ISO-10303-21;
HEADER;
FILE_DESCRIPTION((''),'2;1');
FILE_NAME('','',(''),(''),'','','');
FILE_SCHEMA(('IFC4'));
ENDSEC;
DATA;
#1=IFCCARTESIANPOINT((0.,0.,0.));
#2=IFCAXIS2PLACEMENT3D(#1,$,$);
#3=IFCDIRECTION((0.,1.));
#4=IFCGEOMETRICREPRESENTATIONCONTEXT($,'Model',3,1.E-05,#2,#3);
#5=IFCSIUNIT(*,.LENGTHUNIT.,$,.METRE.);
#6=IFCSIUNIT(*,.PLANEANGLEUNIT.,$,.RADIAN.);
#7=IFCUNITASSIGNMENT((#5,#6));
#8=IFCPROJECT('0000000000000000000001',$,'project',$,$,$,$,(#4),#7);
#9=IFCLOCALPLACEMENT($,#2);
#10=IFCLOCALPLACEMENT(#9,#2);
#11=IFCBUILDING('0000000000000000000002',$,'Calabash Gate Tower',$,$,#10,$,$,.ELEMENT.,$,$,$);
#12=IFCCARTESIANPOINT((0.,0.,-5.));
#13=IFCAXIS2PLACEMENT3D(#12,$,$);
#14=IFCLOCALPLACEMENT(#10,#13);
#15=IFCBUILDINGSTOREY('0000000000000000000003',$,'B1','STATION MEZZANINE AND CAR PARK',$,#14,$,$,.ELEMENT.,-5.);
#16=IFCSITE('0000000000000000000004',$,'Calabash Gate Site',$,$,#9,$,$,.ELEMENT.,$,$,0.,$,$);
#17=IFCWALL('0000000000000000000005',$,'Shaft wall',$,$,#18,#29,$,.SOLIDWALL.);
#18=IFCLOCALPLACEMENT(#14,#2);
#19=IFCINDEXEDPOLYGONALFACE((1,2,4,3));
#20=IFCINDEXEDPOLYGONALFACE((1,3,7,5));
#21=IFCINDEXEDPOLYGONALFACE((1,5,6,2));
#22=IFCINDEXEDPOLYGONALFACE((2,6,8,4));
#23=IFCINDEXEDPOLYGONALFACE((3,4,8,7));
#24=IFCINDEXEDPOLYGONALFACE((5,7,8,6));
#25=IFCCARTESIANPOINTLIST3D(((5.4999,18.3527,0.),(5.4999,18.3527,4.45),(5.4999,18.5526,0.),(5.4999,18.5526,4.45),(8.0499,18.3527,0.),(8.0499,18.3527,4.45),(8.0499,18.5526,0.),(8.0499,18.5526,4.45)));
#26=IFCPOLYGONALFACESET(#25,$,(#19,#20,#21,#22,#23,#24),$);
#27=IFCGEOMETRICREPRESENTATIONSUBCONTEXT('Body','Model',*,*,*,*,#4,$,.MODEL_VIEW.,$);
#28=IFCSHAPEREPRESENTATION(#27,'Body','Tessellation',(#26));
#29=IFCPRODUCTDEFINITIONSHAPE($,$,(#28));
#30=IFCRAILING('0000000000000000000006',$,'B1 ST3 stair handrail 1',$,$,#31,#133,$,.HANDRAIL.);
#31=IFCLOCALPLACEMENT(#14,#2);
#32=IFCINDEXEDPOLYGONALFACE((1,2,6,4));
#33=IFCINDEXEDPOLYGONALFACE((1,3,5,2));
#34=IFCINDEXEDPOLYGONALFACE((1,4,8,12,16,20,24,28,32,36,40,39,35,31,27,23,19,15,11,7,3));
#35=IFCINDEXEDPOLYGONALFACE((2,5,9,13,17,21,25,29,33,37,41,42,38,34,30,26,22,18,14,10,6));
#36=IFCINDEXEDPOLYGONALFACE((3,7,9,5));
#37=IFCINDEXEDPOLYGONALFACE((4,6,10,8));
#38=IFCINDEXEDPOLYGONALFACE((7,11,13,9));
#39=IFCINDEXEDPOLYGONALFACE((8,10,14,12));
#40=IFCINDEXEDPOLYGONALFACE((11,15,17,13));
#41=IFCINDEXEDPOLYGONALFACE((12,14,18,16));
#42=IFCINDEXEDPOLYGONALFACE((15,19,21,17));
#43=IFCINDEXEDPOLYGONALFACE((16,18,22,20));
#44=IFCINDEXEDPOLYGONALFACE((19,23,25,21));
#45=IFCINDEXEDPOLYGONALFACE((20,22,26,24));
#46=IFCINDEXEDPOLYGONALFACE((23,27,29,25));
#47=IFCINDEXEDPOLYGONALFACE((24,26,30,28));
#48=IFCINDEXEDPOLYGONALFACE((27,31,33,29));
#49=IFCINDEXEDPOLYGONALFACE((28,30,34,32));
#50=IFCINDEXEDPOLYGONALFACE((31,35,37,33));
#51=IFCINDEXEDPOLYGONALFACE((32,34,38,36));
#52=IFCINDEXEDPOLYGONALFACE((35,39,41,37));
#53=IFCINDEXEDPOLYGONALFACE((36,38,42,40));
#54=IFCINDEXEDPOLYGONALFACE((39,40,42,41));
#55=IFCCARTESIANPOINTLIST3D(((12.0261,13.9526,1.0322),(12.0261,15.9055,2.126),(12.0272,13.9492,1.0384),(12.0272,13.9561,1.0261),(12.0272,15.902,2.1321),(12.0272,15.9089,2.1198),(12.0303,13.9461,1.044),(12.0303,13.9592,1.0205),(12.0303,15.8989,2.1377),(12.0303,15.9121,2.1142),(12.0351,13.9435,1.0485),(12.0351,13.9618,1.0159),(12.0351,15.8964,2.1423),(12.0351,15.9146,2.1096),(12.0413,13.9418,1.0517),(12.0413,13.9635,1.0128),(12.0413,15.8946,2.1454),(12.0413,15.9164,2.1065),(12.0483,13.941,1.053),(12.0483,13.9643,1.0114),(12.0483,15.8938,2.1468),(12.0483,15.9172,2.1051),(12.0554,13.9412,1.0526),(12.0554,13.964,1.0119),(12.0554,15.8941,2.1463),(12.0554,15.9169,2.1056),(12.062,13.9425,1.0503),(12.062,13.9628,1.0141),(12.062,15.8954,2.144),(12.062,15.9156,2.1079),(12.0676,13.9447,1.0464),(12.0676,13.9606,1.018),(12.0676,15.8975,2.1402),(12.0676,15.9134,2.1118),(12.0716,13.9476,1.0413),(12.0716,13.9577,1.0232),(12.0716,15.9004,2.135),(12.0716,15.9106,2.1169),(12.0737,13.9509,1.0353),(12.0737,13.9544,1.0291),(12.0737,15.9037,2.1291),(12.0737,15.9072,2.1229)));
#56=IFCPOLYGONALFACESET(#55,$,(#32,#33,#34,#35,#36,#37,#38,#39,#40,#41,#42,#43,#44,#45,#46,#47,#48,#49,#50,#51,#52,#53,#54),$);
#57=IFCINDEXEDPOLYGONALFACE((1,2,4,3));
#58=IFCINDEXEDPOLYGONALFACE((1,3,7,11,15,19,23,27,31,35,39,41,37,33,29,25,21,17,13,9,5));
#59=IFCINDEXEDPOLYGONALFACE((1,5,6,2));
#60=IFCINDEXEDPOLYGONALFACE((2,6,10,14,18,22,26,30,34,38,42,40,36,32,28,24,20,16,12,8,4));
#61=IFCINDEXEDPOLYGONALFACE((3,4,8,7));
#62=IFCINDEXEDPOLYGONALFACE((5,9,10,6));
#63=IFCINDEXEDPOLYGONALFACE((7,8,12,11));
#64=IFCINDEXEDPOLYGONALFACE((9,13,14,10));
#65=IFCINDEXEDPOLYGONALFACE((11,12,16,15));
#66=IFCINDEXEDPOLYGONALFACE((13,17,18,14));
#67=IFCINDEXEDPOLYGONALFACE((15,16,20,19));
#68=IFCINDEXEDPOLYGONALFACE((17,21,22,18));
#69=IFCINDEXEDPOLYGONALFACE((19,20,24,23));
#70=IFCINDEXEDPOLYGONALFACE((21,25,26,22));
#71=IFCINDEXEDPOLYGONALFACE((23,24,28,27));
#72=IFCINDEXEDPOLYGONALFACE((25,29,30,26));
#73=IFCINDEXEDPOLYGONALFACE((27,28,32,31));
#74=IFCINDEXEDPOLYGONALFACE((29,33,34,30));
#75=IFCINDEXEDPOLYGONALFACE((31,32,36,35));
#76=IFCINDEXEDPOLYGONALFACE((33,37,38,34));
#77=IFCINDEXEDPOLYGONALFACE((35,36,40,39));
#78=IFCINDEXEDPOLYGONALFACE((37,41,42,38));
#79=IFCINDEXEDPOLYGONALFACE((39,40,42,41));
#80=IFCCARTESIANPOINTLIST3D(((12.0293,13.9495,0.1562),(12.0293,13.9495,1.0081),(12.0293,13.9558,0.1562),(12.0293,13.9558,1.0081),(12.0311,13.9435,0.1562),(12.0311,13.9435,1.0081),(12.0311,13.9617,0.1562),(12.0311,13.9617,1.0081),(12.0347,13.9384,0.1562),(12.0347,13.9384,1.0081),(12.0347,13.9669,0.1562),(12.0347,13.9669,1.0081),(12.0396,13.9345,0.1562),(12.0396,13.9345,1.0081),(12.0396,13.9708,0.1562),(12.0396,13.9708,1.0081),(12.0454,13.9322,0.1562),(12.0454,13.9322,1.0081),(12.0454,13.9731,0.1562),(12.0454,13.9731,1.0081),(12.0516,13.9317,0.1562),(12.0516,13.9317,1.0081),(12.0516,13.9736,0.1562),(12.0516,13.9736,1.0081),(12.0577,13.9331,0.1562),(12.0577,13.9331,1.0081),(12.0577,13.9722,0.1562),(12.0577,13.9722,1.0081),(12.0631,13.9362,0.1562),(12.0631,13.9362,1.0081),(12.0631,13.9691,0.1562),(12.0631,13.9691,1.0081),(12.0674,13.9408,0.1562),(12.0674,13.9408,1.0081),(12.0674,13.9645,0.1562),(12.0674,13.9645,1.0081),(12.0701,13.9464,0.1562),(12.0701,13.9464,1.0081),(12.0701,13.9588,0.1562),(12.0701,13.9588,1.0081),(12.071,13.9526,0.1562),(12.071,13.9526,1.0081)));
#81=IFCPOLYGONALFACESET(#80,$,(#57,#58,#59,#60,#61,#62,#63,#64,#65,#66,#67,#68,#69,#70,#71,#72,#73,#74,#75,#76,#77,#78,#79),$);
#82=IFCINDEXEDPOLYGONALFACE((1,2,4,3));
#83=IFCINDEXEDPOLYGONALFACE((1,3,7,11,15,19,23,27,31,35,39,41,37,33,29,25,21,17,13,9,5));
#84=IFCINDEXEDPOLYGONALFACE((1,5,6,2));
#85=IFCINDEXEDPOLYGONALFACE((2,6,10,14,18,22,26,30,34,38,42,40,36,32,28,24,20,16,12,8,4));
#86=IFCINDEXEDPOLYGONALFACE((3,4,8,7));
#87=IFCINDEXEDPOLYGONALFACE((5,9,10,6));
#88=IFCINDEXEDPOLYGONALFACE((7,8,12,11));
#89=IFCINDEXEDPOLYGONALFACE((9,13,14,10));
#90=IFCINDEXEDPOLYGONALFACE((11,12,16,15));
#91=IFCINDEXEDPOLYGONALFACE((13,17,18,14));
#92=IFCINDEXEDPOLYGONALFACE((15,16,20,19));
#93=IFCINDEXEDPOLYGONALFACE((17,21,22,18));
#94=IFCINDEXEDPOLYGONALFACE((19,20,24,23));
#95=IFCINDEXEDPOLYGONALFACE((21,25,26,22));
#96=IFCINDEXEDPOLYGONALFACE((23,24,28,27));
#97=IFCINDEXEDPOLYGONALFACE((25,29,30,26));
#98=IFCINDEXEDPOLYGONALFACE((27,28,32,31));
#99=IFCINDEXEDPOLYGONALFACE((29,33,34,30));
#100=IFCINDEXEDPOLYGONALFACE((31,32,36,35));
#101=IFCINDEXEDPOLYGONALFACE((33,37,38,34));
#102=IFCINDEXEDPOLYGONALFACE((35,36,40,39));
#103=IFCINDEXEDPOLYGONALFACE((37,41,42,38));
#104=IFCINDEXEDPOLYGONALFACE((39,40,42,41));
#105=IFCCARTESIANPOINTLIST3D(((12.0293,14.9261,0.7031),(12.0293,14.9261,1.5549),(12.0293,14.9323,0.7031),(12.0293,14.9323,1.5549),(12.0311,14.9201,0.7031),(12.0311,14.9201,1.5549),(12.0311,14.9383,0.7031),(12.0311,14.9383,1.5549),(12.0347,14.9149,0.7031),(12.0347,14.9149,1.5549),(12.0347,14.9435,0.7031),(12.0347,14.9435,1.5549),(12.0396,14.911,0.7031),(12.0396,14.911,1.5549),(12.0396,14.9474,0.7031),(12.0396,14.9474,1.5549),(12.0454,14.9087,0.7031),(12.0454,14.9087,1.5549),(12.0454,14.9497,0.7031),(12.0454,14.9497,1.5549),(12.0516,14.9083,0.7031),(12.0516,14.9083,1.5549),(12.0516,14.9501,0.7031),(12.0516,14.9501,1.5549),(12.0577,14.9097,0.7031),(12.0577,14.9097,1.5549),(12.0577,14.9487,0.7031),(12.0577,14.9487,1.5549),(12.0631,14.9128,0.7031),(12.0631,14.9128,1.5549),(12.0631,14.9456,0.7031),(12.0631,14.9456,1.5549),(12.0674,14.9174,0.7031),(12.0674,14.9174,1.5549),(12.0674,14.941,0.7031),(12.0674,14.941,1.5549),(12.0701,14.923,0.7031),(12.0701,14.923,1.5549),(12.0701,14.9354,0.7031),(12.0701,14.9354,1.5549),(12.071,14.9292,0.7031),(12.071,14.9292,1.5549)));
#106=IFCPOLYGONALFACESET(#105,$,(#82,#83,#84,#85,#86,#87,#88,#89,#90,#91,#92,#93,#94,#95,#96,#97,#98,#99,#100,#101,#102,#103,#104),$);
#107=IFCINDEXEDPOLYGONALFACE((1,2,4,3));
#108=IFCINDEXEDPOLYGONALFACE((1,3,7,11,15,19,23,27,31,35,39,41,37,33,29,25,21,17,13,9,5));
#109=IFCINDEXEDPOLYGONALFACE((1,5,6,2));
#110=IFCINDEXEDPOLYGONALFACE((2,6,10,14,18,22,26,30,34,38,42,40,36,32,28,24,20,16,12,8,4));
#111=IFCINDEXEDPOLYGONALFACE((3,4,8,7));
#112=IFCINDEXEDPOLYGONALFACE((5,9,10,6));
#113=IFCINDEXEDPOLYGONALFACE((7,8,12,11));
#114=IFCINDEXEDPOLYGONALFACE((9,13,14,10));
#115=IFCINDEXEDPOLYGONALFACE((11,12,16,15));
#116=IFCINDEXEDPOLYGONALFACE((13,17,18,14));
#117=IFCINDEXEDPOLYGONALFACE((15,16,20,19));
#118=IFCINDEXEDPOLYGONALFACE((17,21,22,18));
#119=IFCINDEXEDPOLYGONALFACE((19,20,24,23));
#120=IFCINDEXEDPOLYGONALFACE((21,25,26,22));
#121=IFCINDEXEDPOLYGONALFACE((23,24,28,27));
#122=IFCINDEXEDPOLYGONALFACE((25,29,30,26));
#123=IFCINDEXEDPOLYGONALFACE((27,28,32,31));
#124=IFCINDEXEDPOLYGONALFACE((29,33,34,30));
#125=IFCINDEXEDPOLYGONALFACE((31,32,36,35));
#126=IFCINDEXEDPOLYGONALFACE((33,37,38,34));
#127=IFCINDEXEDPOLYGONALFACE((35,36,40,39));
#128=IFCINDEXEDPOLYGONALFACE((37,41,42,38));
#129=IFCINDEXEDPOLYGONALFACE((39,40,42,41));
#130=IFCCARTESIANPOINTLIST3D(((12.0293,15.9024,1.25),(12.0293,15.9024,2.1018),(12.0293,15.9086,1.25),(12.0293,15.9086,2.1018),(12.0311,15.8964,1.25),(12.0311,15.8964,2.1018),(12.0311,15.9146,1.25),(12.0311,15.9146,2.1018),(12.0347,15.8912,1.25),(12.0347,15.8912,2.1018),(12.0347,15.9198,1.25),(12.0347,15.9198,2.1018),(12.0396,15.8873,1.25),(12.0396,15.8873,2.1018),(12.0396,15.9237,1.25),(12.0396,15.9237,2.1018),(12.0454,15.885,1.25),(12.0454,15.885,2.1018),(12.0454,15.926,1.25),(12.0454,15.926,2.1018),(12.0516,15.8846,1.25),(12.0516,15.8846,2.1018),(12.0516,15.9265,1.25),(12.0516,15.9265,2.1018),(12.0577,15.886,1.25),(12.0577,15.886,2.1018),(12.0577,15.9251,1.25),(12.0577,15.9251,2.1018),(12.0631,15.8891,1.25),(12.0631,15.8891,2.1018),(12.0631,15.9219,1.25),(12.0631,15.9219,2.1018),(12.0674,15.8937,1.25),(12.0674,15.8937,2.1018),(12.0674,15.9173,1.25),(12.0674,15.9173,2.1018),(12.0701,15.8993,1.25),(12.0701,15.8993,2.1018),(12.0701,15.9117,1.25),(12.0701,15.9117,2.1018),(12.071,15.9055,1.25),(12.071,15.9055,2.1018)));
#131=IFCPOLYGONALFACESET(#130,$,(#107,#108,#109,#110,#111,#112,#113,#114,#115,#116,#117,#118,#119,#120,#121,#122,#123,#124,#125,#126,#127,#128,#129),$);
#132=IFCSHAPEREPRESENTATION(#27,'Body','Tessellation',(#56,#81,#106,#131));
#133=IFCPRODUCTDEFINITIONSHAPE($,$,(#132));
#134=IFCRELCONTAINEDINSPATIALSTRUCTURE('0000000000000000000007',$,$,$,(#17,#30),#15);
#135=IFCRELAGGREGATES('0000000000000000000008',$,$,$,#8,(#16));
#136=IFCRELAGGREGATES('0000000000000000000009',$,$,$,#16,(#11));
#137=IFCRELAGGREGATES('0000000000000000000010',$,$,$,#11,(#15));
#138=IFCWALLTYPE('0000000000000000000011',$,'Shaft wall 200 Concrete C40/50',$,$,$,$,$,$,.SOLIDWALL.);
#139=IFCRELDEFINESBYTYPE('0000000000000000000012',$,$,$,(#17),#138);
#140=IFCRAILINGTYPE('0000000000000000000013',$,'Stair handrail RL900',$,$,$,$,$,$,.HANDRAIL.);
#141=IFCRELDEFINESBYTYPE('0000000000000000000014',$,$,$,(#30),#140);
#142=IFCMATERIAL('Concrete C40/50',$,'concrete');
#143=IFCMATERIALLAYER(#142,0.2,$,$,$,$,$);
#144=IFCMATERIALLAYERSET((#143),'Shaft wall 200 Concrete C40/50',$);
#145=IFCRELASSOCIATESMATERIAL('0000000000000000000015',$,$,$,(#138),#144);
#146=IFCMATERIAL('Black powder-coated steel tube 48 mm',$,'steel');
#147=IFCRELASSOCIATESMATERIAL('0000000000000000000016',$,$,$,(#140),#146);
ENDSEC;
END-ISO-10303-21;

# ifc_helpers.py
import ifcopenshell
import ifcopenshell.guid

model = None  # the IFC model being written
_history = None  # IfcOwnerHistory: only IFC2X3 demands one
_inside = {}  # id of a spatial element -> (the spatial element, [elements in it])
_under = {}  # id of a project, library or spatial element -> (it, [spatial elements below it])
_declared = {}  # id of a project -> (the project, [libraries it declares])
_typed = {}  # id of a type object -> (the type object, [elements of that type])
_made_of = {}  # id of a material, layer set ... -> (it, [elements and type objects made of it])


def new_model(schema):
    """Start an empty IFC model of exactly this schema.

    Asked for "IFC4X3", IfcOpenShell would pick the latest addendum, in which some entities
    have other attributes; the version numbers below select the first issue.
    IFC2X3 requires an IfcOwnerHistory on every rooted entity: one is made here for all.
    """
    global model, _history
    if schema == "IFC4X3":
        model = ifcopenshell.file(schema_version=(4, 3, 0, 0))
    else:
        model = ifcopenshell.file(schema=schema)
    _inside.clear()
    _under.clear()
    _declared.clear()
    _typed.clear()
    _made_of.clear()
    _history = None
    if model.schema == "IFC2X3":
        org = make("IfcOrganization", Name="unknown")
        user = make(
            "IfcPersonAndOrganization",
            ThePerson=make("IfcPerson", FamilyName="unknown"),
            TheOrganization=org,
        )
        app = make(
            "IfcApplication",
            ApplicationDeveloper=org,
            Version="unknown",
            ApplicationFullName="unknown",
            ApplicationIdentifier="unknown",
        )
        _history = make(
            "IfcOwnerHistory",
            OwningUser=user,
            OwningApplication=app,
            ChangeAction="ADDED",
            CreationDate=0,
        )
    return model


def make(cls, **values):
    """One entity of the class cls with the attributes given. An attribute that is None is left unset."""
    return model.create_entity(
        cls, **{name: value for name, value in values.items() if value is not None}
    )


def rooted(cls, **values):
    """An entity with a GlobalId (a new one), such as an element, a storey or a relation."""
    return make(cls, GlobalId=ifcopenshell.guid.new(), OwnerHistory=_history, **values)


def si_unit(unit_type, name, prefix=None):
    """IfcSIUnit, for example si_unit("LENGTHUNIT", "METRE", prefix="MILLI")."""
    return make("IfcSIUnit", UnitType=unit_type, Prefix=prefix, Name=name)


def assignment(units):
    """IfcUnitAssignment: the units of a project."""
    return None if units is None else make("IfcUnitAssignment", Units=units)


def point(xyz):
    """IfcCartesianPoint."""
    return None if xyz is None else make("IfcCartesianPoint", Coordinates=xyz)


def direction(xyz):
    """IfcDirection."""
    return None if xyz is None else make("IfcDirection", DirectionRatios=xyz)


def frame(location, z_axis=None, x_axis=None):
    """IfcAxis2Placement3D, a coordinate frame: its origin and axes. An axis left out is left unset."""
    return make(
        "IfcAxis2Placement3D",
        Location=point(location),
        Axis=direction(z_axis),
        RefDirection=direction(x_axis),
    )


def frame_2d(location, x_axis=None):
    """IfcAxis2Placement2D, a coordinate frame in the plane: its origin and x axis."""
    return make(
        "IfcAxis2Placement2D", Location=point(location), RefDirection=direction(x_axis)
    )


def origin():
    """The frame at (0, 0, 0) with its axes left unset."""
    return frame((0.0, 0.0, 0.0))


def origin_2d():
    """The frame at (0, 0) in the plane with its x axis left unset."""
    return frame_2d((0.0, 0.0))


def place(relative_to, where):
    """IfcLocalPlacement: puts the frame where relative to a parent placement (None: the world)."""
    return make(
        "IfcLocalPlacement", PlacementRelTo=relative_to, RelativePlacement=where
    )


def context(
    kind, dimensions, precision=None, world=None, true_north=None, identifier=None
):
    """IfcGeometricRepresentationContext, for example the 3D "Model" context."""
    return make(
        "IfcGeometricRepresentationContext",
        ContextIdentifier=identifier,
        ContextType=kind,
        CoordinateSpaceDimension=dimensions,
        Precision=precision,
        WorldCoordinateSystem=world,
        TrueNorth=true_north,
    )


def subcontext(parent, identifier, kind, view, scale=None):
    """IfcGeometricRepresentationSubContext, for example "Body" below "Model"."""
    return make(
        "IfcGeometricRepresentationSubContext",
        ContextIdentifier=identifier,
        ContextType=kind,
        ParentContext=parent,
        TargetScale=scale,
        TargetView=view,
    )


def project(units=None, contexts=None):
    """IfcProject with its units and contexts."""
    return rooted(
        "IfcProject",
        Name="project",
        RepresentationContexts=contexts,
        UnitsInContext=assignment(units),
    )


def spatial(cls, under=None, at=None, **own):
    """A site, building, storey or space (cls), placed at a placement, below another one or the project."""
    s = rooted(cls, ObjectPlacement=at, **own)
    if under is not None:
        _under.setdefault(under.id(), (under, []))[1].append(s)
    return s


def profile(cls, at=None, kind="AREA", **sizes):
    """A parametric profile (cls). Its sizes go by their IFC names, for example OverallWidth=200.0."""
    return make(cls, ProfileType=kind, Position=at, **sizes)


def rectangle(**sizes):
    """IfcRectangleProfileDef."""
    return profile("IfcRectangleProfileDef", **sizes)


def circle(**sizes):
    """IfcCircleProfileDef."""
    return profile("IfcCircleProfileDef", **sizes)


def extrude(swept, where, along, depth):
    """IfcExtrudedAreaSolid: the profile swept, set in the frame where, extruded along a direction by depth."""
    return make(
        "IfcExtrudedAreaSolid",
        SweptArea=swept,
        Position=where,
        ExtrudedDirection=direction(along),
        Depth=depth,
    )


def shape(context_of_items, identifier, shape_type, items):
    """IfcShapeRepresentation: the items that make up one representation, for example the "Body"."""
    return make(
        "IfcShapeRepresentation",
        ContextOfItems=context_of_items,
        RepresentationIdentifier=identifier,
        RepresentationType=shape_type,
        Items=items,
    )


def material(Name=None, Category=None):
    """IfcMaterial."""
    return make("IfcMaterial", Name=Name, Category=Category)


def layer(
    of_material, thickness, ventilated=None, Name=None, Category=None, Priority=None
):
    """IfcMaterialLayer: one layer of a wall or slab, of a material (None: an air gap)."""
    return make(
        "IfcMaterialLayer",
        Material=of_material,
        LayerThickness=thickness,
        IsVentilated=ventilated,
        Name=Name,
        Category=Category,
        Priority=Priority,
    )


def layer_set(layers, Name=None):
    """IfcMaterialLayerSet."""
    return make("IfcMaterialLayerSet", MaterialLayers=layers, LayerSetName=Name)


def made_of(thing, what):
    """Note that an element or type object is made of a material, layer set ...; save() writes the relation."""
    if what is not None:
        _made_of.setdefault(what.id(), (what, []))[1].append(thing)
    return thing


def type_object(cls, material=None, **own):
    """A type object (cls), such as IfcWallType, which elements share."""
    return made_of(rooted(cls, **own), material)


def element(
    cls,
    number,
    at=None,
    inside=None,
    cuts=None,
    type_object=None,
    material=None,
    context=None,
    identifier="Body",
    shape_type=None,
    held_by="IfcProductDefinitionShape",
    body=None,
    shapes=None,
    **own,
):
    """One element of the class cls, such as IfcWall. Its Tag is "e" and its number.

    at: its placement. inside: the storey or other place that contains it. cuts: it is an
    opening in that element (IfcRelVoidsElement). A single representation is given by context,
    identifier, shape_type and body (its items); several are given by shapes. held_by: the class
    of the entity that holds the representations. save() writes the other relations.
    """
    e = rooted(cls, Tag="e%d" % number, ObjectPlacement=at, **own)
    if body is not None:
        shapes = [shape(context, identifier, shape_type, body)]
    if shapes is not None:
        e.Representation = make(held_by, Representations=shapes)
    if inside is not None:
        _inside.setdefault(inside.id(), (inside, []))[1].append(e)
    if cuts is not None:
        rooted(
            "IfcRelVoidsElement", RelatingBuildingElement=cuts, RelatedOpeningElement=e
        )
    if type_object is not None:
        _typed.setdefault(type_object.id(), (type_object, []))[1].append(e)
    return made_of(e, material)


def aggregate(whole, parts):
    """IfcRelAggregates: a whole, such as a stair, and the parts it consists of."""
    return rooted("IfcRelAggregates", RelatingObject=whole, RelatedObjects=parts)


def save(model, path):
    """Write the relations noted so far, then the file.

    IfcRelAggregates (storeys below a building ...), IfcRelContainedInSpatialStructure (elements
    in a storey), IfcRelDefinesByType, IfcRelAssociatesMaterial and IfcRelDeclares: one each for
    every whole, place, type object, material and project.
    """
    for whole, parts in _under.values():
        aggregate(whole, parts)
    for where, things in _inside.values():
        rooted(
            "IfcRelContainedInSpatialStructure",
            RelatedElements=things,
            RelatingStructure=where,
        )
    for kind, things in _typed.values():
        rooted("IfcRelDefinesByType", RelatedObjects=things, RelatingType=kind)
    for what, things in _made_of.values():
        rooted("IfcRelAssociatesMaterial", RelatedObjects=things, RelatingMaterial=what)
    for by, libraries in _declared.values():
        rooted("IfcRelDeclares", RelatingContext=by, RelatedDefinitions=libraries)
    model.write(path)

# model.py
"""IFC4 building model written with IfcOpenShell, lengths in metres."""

from ifc_helpers import new_model, si_unit, direction, frame, frame_2d, origin, origin_2d, place, context, subcontext, project, spatial, rectangle, circle, extrude, material, layer, layer_set, type_object, element, save


model = new_model("IFC4")

# Units and contexts
model_context = context("Model", 3, precision=1e-05, world=origin(), true_north=direction((0.0, 1.0)))
body_context = subcontext(model_context, "Body", "Model", "MODEL_VIEW")
ifc_project = project(units=[si_unit("LENGTHUNIT", "METRE"), si_unit("PLANEANGLEUNIT", "RADIAN")], contexts=[model_context])

# Site, building, storey
site_placement = place(None, origin())
site = spatial("IfcSite", under=ifc_project, at=site_placement, Name="Calabash Gate Site", CompositionType="ELEMENT", RefElevation=0.0)
building_placement = place(site_placement, origin())
building = spatial("IfcBuilding", under=site, at=building_placement, Name="Calabash Gate Tower", CompositionType="ELEMENT")
storey_placement = place(building_placement, frame((0.0, 0.0, -5.0)))
storey = spatial("IfcBuildingStorey", under=building, at=storey_placement, Name="B1", Description="STATION MEZZANINE AND CAR PARK", CompositionType="ELEMENT", Elevation=-5.0)

# Shared definitions
ifc_material_1 = material(Name="Concrete C40/50", Category="concrete")
ifc_layer_1 = layer(ifc_material_1, 0.2)
ifc_layer_set_1 = layer_set([ifc_layer_1], Name="Shaft wall 200 Concrete C40/50")
wall_type_1 = type_object("IfcWallType", Name="Shaft wall 200 Concrete C40/50", PredefinedType="SOLIDWALL", material=ifc_layer_set_1)

# Wall
wall_1_placement = place(storey_placement, frame((5.5, 18.4526, 0.0), z_axis=(0.0, 0.0, 1.0), x_axis=(1.0, 0.0, 0.0)))
element("IfcWall", 1, at=wall_1_placement, inside=storey, type_object=wall_type_1, Name="Shaft wall", PredefinedType="SOLIDWALL", context=body_context, shape_type="SweptSolid", body=[
    extrude(rectangle(XDim=2.55, YDim=0.2, at=frame_2d((1.2749, 0.0))), origin(), (0.0, 0.0, 1.0), 4.45),
])

# Railing
ifc_material_2 = material(Name="Black powder-coated steel tube 48 mm", Category="steel")
railing_type_1 = type_object("IfcRailingType", Name="Stair handrail RL900", PredefinedType="HANDRAIL", material=ifc_material_2)
railing_1_placement = place(storey_placement, frame((12.05, 13.9526, 0.1562)))
element("IfcRailing", 2, at=railing_1_placement, inside=storey, type_object=railing_type_1, Name="B1 ST3 stair handrail 1", PredefinedType="HANDRAIL", context=body_context, shape_type="SweptSolid", body=[
    extrude(circle(Radius=0.0239, at=origin_2d()), frame((0.0, 0.0, 0.876), z_axis=(0.0, 0.87248, 0.48865), x_axis=(-1.0, 0.0, 0.0)), (0.0, 0.0, 1.0), 2.2383),
    extrude(circle(Radius=0.021, at=origin_2d()), origin(), (0.0, 0.0, 1.0), 0.8518),
    extrude(circle(Radius=0.021, at=origin_2d()), frame((0.0, 0.9766, 0.5469)), (0.0, 0.0, 1.0), 0.8518),
    extrude(circle(Radius=0.021, at=origin_2d()), frame((0.0, 1.9529, 1.0938)), (0.0, 0.0, 1.0), 0.8518),
])

save(model, "model.ifc")
